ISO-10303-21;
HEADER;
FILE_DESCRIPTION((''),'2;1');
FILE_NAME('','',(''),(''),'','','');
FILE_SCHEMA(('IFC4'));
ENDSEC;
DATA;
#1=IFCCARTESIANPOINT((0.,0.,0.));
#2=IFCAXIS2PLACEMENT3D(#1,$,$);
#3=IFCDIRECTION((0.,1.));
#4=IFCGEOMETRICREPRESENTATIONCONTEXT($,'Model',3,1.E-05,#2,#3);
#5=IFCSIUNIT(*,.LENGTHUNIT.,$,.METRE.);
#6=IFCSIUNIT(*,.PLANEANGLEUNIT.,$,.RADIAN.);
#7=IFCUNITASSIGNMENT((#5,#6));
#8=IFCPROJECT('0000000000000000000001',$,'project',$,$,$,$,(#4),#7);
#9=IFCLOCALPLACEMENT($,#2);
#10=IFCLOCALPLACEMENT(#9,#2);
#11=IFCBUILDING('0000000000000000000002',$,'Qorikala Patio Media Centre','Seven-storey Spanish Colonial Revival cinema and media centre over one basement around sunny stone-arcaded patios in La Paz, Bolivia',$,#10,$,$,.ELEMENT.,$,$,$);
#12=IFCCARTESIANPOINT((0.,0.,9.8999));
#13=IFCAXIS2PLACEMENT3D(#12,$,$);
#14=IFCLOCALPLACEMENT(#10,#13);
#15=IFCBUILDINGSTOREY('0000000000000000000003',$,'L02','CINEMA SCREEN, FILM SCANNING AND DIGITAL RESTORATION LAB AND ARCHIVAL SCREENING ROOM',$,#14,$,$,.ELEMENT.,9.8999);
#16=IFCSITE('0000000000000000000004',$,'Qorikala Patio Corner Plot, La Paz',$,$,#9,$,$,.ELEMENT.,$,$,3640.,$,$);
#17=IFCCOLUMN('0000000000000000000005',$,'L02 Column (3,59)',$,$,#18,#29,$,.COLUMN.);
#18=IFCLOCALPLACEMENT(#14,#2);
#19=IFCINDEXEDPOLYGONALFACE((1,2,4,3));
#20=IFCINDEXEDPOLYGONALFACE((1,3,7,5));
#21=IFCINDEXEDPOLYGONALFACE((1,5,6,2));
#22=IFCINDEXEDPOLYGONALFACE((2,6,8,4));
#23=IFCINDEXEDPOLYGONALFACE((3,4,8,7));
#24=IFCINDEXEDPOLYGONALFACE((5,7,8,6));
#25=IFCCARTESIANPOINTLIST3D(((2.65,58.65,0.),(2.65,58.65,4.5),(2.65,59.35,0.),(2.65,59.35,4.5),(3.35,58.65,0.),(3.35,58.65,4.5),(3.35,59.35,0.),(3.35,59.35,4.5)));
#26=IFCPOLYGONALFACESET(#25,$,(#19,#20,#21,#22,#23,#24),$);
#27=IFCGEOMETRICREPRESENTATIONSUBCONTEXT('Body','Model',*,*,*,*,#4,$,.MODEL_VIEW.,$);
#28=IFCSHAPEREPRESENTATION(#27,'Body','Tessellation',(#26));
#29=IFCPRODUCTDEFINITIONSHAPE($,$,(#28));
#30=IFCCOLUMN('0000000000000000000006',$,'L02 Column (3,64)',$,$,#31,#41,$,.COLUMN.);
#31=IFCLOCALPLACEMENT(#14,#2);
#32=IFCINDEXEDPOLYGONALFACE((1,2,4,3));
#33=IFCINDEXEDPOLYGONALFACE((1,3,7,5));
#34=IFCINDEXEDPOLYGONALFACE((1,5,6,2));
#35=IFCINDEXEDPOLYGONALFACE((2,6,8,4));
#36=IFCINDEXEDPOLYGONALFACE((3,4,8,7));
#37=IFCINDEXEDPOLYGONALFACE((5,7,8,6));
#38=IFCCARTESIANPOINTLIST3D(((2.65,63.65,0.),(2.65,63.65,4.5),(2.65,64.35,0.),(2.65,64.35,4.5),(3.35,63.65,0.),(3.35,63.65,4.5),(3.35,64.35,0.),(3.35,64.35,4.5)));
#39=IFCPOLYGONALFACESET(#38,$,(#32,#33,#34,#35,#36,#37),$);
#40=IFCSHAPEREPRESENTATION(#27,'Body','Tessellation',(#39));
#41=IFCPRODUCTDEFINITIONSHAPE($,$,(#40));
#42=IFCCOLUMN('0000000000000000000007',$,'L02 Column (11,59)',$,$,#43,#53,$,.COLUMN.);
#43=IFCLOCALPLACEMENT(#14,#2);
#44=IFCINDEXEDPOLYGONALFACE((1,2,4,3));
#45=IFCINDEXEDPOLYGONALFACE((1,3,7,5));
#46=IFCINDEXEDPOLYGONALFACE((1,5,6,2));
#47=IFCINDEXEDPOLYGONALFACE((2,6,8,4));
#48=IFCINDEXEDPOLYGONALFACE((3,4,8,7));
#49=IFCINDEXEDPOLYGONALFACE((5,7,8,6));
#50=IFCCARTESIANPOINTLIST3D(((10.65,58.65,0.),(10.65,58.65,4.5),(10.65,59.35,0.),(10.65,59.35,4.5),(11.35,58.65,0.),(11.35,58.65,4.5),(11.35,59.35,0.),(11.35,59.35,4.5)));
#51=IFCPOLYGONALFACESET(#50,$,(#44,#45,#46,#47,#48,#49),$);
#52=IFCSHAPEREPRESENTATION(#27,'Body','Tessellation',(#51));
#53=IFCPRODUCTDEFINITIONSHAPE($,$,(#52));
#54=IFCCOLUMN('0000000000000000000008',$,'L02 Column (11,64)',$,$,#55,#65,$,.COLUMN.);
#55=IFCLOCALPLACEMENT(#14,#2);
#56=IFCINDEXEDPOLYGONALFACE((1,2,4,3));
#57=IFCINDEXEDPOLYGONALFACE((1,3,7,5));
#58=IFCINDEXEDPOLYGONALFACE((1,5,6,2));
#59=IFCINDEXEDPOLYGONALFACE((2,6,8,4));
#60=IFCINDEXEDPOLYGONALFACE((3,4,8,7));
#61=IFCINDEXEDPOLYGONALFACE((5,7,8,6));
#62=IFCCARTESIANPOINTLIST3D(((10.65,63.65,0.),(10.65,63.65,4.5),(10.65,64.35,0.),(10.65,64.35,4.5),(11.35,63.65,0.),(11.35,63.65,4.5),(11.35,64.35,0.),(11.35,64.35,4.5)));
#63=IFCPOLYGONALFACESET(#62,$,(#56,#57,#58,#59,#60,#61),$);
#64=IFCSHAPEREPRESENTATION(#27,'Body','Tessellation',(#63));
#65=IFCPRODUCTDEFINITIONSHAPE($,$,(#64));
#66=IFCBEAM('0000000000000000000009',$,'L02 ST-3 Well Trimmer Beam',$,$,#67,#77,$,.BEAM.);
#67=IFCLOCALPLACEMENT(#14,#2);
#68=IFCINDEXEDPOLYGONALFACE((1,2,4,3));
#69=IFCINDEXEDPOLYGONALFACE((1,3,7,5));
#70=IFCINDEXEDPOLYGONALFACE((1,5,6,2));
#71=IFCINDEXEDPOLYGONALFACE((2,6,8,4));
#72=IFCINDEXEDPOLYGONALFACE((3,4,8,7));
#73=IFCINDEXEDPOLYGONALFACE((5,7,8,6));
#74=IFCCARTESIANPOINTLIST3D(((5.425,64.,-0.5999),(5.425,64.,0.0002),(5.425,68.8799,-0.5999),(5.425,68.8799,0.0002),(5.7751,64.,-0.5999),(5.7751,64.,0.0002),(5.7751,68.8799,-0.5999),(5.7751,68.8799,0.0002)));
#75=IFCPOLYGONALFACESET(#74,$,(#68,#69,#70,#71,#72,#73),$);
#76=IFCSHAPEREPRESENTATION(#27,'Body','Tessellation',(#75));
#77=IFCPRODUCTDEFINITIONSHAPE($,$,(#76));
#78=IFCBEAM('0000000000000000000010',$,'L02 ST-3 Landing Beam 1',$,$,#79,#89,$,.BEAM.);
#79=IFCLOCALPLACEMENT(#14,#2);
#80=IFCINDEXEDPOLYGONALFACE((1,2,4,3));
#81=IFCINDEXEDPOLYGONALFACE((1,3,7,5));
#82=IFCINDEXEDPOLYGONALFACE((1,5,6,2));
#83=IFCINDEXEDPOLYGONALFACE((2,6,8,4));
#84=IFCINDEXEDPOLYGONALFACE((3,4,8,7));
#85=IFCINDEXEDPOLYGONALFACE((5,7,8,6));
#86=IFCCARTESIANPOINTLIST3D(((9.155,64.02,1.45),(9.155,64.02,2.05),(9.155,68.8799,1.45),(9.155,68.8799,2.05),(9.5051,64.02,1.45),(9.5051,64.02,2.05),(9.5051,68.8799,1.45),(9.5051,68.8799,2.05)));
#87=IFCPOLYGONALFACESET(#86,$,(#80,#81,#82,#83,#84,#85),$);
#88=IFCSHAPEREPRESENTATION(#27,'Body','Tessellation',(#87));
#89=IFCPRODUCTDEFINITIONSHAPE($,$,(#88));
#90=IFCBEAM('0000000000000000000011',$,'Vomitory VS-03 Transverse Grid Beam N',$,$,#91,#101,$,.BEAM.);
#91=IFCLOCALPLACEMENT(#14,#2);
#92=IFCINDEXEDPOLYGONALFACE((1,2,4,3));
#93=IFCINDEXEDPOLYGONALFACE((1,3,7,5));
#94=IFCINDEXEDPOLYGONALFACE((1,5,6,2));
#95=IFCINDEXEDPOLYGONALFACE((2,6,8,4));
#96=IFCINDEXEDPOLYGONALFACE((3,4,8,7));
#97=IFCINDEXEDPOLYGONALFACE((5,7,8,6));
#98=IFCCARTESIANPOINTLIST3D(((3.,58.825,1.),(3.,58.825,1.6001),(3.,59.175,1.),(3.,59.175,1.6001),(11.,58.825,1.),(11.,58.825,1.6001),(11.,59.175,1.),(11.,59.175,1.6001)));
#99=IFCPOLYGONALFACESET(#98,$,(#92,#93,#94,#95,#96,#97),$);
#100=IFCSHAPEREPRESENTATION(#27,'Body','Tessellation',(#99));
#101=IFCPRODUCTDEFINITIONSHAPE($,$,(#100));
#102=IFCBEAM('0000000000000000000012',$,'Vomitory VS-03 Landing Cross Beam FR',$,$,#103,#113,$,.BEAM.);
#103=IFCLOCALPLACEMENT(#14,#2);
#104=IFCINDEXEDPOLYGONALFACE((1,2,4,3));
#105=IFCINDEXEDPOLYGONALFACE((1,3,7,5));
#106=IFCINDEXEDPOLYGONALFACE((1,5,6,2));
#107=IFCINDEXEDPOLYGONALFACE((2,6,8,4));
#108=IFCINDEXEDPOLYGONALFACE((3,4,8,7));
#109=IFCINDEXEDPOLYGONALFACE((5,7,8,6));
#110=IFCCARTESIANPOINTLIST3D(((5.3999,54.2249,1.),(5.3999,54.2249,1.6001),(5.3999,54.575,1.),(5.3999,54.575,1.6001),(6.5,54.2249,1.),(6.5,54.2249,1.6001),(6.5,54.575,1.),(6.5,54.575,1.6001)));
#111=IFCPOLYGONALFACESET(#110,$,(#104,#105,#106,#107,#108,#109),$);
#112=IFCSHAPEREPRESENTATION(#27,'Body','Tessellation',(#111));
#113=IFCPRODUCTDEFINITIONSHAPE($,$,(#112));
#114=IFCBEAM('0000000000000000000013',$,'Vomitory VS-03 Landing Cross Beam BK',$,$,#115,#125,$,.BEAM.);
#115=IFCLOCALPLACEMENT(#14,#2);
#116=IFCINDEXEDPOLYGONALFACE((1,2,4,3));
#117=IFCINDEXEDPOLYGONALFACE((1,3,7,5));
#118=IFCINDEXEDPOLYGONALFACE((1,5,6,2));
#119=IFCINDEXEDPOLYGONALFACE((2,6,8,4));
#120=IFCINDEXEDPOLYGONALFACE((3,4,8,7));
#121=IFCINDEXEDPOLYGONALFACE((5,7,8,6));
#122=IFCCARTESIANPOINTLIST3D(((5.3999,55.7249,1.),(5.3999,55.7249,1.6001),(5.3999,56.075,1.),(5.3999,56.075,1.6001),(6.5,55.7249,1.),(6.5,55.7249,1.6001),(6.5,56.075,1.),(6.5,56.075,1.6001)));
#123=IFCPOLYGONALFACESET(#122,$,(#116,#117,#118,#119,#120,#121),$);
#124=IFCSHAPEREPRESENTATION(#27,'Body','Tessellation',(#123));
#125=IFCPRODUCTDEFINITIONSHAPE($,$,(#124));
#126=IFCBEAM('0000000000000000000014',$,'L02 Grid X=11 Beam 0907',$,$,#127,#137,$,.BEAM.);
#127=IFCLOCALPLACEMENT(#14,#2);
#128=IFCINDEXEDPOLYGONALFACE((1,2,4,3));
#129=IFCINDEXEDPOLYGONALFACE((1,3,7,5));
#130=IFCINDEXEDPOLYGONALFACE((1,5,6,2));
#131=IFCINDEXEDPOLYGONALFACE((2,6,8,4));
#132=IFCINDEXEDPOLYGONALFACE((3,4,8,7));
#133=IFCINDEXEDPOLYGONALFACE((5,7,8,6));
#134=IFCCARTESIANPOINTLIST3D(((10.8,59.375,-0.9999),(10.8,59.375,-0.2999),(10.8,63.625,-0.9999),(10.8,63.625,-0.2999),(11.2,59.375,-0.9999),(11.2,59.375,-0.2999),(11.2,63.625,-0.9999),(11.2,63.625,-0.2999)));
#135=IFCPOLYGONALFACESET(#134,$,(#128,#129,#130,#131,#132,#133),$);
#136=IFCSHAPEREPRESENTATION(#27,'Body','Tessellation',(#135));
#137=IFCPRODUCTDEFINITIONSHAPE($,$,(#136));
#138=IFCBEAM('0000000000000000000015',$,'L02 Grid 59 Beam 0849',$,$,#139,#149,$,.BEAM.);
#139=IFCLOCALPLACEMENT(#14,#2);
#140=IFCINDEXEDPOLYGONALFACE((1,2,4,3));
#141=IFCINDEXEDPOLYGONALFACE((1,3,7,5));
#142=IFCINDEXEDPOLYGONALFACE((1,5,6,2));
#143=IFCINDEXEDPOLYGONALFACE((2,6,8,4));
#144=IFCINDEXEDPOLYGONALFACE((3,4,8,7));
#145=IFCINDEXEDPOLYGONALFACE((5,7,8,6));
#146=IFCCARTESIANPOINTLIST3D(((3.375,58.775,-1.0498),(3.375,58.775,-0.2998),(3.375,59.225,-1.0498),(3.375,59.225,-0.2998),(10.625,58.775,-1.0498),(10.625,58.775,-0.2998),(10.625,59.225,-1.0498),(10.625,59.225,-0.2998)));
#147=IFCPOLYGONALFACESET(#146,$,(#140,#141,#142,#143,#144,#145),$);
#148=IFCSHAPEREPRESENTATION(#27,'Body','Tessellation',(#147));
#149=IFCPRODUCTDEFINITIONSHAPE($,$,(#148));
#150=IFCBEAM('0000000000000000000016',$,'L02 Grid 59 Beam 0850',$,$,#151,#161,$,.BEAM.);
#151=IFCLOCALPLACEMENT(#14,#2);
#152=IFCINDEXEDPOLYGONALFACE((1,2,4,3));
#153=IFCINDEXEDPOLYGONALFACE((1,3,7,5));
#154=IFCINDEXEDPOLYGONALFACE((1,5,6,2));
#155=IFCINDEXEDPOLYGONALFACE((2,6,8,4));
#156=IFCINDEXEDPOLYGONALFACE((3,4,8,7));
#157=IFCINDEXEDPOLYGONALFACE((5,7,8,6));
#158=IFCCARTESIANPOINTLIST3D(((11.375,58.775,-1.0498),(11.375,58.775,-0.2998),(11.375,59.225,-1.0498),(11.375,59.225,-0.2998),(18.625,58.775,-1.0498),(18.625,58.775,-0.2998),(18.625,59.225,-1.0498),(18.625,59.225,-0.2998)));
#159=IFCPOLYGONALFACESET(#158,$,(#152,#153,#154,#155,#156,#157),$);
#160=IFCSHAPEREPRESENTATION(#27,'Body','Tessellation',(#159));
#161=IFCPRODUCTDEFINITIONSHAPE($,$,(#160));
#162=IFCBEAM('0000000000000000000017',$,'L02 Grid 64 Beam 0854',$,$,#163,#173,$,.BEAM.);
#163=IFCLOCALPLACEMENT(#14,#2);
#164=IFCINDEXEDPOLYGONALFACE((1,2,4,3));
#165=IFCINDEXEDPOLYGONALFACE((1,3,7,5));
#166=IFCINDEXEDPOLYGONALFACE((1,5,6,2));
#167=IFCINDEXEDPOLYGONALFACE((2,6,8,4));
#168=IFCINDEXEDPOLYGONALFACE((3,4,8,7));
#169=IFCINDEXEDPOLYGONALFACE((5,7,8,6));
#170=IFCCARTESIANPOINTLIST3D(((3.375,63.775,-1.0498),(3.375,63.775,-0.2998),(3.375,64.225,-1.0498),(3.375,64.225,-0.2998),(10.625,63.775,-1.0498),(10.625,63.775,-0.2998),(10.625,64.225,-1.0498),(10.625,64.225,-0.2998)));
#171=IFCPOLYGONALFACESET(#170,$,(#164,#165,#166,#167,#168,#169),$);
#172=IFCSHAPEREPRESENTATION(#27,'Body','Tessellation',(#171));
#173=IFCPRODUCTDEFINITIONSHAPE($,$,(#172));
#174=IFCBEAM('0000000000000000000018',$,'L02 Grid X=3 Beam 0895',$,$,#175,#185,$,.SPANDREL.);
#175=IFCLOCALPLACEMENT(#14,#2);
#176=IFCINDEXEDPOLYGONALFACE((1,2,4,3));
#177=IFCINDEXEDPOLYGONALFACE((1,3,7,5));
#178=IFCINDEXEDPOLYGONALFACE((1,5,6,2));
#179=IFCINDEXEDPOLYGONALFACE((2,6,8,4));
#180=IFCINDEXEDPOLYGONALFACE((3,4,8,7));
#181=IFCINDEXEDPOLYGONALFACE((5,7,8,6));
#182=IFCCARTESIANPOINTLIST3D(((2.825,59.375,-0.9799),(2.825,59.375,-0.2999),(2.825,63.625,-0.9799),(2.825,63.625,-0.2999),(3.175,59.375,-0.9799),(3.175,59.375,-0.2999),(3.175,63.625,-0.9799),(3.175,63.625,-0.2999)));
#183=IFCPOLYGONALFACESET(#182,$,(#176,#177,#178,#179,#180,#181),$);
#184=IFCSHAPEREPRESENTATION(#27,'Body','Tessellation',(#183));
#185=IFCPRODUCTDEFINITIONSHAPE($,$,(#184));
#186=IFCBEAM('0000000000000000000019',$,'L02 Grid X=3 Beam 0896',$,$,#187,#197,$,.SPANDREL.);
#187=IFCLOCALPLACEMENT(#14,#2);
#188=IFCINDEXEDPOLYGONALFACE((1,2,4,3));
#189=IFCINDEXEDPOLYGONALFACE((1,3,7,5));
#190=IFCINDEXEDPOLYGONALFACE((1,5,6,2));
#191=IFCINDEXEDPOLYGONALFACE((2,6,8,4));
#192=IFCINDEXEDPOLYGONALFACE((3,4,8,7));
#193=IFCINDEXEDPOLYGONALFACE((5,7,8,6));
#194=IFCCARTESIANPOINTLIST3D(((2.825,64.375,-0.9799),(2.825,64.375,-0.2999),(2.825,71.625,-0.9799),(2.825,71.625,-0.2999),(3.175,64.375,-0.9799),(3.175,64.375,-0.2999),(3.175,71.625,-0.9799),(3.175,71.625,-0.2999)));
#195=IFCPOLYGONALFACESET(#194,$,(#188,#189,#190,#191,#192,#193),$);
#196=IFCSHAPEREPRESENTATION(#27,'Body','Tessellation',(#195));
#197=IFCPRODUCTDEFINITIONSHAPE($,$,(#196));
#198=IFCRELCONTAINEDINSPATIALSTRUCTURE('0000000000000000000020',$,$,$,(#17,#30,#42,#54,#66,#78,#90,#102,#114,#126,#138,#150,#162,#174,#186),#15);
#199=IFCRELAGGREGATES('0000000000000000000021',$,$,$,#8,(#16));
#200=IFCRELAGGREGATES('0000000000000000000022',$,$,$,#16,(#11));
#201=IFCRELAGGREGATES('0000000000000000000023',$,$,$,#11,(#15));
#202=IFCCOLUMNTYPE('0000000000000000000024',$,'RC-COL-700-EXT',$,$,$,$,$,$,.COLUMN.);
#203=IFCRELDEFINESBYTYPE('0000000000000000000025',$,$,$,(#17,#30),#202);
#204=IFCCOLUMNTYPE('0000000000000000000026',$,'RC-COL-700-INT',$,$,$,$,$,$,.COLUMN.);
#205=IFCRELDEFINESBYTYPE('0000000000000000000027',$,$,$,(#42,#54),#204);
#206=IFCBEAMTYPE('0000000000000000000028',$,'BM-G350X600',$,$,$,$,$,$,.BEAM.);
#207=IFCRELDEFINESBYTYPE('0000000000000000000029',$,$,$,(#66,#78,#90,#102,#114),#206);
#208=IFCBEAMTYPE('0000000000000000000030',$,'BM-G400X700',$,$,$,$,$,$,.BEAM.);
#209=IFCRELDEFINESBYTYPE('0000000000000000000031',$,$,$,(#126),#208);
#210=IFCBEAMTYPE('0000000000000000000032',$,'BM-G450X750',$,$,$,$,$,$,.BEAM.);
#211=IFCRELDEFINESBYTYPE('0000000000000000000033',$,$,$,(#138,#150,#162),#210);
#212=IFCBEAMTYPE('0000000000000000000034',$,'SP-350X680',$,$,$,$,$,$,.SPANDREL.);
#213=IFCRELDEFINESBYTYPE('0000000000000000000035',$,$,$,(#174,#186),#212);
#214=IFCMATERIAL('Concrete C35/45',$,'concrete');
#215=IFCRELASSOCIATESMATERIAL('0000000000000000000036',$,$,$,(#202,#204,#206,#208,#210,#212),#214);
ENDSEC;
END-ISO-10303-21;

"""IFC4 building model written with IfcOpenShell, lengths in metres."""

from ifc_helpers import new_model, si_unit, direction, frame, origin, origin_2d, place, context, subcontext, project, spatial, rectangle, extrude, material, material_profile, profile_set, type_object, element, save


model = new_model("IFC4")

# Units and contexts
model_context = context("Model", 3, precision=1e-05, world=origin(), true_north=direction((0.0, 1.0)))
body_context = subcontext(model_context, "Body", "Model", "MODEL_VIEW")
ifc_project = project(units=[si_unit("LENGTHUNIT", "METRE"), si_unit("PLANEANGLEUNIT", "RADIAN")], contexts=[model_context])

# Site, building, storey
site_placement = place(None, origin())
site = spatial("IfcSite", under=ifc_project, at=site_placement, Name="Qorikala Patio Corner Plot, La Paz", CompositionType="ELEMENT", RefElevation=3640.0)
building_placement = place(site_placement, origin())
building = spatial("IfcBuilding", under=site, at=building_placement, Name="Qorikala Patio Media Centre", Description="Seven-storey Spanish Colonial Revival cinema and media centre over one basement around sunny stone-arcaded patios in La Paz, Bolivia", CompositionType="ELEMENT")
storey_placement = place(building_placement, frame((0.0, 0.0, 9.8999)))
storey = spatial("IfcBuildingStorey", under=building, at=storey_placement, Name="L02", Description="CINEMA SCREEN, FILM SCANNING AND DIGITAL RESTORATION LAB AND ARCHIVAL SCREENING ROOM", CompositionType="ELEMENT", Elevation=9.8999)

# Columns
ifc_material_1 = material(Name="Concrete C35/45", Category="concrete")
ifc_material_profile_1 = material_profile(ifc_material_1, rectangle(XDim=0.7, YDim=0.7, at=origin_2d()), Name="RC 700x700")
ifc_profile_set_1 = profile_set([ifc_material_profile_1], Name="Concrete C35/45")
column_type_1 = type_object("IfcColumnType", Name="RC-COL-700-EXT", PredefinedType="COLUMN", material=ifc_profile_set_1)
for number, where, z_axis, x_axis, name in (
    (1, (3.0, 59.0, 0.0), (0.0, 0.0, 1.0), (1.0, 0.0, 0.0), "L02 Column (3,59)"),
    (2, (3.0, 64.0, 0.0), (0.0, 0.0, 1.0), (1.0, 0.0, 0.0), "L02 Column (3,64)"),
):
    element("IfcColumn", number, at=place(storey_placement, frame(where, z_axis=z_axis, x_axis=x_axis)), inside=storey, type_object=column_type_1, Name=name, PredefinedType="COLUMN", context=body_context, shape_type="SweptSolid", body=[
        extrude(rectangle(XDim=0.7, YDim=0.7, at=origin_2d()), origin(), (0.0, 0.0, 1.0), 4.5),
    ])
ifc_material_profile_2 = material_profile(ifc_material_1, rectangle(XDim=0.7, YDim=0.7, at=origin_2d()), Name="RC 700x700")
ifc_profile_set_2 = profile_set([ifc_material_profile_2], Name="Concrete C35/45")
column_type_2 = type_object("IfcColumnType", Name="RC-COL-700-INT", PredefinedType="COLUMN", material=ifc_profile_set_2)
for number, where, z_axis, x_axis, name in (
    (3, (11.0, 59.0, 0.0), (0.0, 0.0, 1.0), (1.0, 0.0, 0.0), "L02 Column (11,59)"),
    (4, (11.0, 64.0, 0.0), (0.0, 0.0, 1.0), (1.0, 0.0, 0.0), "L02 Column (11,64)"),
):
    element("IfcColumn", number, at=place(storey_placement, frame(where, z_axis=z_axis, x_axis=x_axis)), inside=storey, type_object=column_type_2, Name=name, PredefinedType="COLUMN", context=body_context, shape_type="SweptSolid", body=[
        extrude(rectangle(XDim=0.7, YDim=0.7, at=origin_2d()), origin(), (0.0, 0.0, 1.0), 4.5),
    ])

# Beams
ifc_material_profile_3 = material_profile(ifc_material_1, rectangle(XDim=0.3501, YDim=0.6001, at=origin_2d()), Name="RC 350x600")
ifc_profile_set_3 = profile_set([ifc_material_profile_3], Name="Concrete C35/45")
beam_type_1 = type_object("IfcBeamType", Name="BM-G350X600", PredefinedType="BEAM", material=ifc_profile_set_3)
beam_1_placement = place(storey_placement, frame((5.6001, 64.0, -0.2998), z_axis=(0.0, 1.0, 0.0), x_axis=(-1.0, 0.0, 0.0)))
element("IfcBeam", 5, at=beam_1_placement, inside=storey, type_object=beam_type_1, Name="L02 ST-3 Well Trimmer Beam", PredefinedType="BEAM", context=body_context, shape_type="SweptSolid", body=[
    extrude(rectangle(XDim=0.3501, YDim=0.6001, at=origin_2d()), origin(), (0.0, 0.0, 1.0), 4.8799),
])
beam_2_placement = place(storey_placement, frame((9.3301, 64.02, 1.75), z_axis=(0.0, 1.0, 0.0), x_axis=(-1.0, 0.0, 0.0)))
element("IfcBeam", 6, at=beam_2_placement, inside=storey, type_object=beam_type_1, Name="L02 ST-3 Landing Beam 1", PredefinedType="BEAM", context=body_context, shape_type="SweptSolid", body=[
    extrude(rectangle(XDim=0.3501, YDim=0.6001, at=origin_2d()), origin(), (0.0, 0.0, 1.0), 4.8599),
])
beam_3_placement = place(storey_placement, frame((3.0, 59.0, 1.3), z_axis=(1.0, 0.0, 0.0), x_axis=(0.0, 1.0, 0.0)))
element("IfcBeam", 7, at=beam_3_placement, inside=storey, type_object=beam_type_1, Name="Vomitory VS-03 Transverse Grid Beam N", PredefinedType="BEAM", context=body_context, shape_type="SweptSolid", body=[
    extrude(rectangle(XDim=0.3501, YDim=0.6001, at=origin_2d()), origin(), (0.0, 0.0, 1.0), 8.0),
])
for number, where, z_axis, x_axis, name in (
    (8, (5.3999, 54.3999, 1.3), (1.0, 0.0, 0.0), (0.0, 1.0, 0.0), "Vomitory VS-03 Landing Cross Beam FR"),
    (9, (5.3999, 55.8999, 1.3), (1.0, 0.0, 0.0), (0.0, 1.0, 0.0), "Vomitory VS-03 Landing Cross Beam BK"),
):
    element("IfcBeam", number, at=place(storey_placement, frame(where, z_axis=z_axis, x_axis=x_axis)), inside=storey, type_object=beam_type_1, Name=name, PredefinedType="BEAM", context=body_context, shape_type="SweptSolid", body=[
        extrude(rectangle(XDim=0.3501, YDim=0.6001, at=origin_2d()), origin(), (0.0, 0.0, 1.0), 1.1001),
    ])
ifc_material_profile_4 = material_profile(ifc_material_1, rectangle(XDim=0.3999, YDim=0.7, at=origin_2d()), Name="RC 400x700")
ifc_profile_set_4 = profile_set([ifc_material_profile_4], Name="Concrete C35/45")
beam_type_2 = type_object("IfcBeamType", Name="BM-G400X700", PredefinedType="BEAM", material=ifc_profile_set_4)
beam_4_placement = place(storey_placement, frame((11.0, 59.375, -0.6499), z_axis=(0.0, 1.0, 0.0), x_axis=(-1.0, 0.0, 0.0)))
element("IfcBeam", 10, at=beam_4_placement, inside=storey, type_object=beam_type_2, Name="L02 Grid X=11 Beam 0907", PredefinedType="BEAM", context=body_context, shape_type="SweptSolid", body=[
    extrude(rectangle(XDim=0.3999, YDim=0.7, at=origin_2d()), origin(), (0.0, 0.0, 1.0), 4.25),
])
ifc_material_profile_5 = material_profile(ifc_material_1, rectangle(XDim=0.45, YDim=0.75, at=origin_2d()), Name="RC 450x750")
ifc_profile_set_5 = profile_set([ifc_material_profile_5], Name="Concrete C35/45")
beam_type_3 = type_object("IfcBeamType", Name="BM-G450X750", PredefinedType="BEAM", material=ifc_profile_set_5)
for number, where, z_axis, x_axis, name in (
    (11, (3.375, 59.0, -0.6748), (1.0, 0.0, 0.0), (0.0, 1.0, 0.0), "L02 Grid 59 Beam 0849"),
    (12, (11.375, 59.0, -0.6748), (1.0, 0.0, 0.0), (0.0, 1.0, 0.0), "L02 Grid 59 Beam 0850"),
    (13, (3.375, 64.0, -0.6748), (1.0, 0.0, 0.0), (0.0, 1.0, 0.0), "L02 Grid 64 Beam 0854"),
):
    element("IfcBeam", number, at=place(storey_placement, frame(where, z_axis=z_axis, x_axis=x_axis)), inside=storey, type_object=beam_type_3, Name=name, PredefinedType="BEAM", context=body_context, shape_type="SweptSolid", body=[
        extrude(rectangle(XDim=0.45, YDim=0.75, at=origin_2d()), origin(), (0.0, 0.0, 1.0), 7.25),
    ])
ifc_material_profile_6 = material_profile(ifc_material_1, rectangle(XDim=0.3501, YDim=0.6799, at=origin_2d()), Name="RC 350x680")
ifc_profile_set_6 = profile_set([ifc_material_profile_6], Name="Concrete C35/45")
beam_type_4 = type_object("IfcBeamType", Name="SP-350X680", PredefinedType="SPANDREL", material=ifc_profile_set_6)
beam_5_placement = place(storey_placement, frame((3.0, 59.375, -0.6399), z_axis=(0.0, 1.0, 0.0), x_axis=(-1.0, 0.0, 0.0)))
element("IfcBeam", 14, at=beam_5_placement, inside=storey, type_object=beam_type_4, Name="L02 Grid X=3 Beam 0895", PredefinedType="SPANDREL", context=body_context, shape_type="SweptSolid", body=[
    extrude(rectangle(XDim=0.3501, YDim=0.6799, at=origin_2d()), origin(), (0.0, 0.0, 1.0), 4.25),
])
beam_6_placement = place(storey_placement, frame((3.0, 64.375, -0.6399), z_axis=(0.0, 1.0, 0.0), x_axis=(-1.0, 0.0, 0.0)))
element("IfcBeam", 15, at=beam_6_placement, inside=storey, type_object=beam_type_4, Name="L02 Grid X=3 Beam 0896", PredefinedType="SPANDREL", context=body_context, shape_type="SweptSolid", body=[
    extrude(rectangle(XDim=0.3501, YDim=0.6799, at=origin_2d()), origin(), (0.0, 0.0, 1.0), 7.25),
])

save(model, "model.ifc")
